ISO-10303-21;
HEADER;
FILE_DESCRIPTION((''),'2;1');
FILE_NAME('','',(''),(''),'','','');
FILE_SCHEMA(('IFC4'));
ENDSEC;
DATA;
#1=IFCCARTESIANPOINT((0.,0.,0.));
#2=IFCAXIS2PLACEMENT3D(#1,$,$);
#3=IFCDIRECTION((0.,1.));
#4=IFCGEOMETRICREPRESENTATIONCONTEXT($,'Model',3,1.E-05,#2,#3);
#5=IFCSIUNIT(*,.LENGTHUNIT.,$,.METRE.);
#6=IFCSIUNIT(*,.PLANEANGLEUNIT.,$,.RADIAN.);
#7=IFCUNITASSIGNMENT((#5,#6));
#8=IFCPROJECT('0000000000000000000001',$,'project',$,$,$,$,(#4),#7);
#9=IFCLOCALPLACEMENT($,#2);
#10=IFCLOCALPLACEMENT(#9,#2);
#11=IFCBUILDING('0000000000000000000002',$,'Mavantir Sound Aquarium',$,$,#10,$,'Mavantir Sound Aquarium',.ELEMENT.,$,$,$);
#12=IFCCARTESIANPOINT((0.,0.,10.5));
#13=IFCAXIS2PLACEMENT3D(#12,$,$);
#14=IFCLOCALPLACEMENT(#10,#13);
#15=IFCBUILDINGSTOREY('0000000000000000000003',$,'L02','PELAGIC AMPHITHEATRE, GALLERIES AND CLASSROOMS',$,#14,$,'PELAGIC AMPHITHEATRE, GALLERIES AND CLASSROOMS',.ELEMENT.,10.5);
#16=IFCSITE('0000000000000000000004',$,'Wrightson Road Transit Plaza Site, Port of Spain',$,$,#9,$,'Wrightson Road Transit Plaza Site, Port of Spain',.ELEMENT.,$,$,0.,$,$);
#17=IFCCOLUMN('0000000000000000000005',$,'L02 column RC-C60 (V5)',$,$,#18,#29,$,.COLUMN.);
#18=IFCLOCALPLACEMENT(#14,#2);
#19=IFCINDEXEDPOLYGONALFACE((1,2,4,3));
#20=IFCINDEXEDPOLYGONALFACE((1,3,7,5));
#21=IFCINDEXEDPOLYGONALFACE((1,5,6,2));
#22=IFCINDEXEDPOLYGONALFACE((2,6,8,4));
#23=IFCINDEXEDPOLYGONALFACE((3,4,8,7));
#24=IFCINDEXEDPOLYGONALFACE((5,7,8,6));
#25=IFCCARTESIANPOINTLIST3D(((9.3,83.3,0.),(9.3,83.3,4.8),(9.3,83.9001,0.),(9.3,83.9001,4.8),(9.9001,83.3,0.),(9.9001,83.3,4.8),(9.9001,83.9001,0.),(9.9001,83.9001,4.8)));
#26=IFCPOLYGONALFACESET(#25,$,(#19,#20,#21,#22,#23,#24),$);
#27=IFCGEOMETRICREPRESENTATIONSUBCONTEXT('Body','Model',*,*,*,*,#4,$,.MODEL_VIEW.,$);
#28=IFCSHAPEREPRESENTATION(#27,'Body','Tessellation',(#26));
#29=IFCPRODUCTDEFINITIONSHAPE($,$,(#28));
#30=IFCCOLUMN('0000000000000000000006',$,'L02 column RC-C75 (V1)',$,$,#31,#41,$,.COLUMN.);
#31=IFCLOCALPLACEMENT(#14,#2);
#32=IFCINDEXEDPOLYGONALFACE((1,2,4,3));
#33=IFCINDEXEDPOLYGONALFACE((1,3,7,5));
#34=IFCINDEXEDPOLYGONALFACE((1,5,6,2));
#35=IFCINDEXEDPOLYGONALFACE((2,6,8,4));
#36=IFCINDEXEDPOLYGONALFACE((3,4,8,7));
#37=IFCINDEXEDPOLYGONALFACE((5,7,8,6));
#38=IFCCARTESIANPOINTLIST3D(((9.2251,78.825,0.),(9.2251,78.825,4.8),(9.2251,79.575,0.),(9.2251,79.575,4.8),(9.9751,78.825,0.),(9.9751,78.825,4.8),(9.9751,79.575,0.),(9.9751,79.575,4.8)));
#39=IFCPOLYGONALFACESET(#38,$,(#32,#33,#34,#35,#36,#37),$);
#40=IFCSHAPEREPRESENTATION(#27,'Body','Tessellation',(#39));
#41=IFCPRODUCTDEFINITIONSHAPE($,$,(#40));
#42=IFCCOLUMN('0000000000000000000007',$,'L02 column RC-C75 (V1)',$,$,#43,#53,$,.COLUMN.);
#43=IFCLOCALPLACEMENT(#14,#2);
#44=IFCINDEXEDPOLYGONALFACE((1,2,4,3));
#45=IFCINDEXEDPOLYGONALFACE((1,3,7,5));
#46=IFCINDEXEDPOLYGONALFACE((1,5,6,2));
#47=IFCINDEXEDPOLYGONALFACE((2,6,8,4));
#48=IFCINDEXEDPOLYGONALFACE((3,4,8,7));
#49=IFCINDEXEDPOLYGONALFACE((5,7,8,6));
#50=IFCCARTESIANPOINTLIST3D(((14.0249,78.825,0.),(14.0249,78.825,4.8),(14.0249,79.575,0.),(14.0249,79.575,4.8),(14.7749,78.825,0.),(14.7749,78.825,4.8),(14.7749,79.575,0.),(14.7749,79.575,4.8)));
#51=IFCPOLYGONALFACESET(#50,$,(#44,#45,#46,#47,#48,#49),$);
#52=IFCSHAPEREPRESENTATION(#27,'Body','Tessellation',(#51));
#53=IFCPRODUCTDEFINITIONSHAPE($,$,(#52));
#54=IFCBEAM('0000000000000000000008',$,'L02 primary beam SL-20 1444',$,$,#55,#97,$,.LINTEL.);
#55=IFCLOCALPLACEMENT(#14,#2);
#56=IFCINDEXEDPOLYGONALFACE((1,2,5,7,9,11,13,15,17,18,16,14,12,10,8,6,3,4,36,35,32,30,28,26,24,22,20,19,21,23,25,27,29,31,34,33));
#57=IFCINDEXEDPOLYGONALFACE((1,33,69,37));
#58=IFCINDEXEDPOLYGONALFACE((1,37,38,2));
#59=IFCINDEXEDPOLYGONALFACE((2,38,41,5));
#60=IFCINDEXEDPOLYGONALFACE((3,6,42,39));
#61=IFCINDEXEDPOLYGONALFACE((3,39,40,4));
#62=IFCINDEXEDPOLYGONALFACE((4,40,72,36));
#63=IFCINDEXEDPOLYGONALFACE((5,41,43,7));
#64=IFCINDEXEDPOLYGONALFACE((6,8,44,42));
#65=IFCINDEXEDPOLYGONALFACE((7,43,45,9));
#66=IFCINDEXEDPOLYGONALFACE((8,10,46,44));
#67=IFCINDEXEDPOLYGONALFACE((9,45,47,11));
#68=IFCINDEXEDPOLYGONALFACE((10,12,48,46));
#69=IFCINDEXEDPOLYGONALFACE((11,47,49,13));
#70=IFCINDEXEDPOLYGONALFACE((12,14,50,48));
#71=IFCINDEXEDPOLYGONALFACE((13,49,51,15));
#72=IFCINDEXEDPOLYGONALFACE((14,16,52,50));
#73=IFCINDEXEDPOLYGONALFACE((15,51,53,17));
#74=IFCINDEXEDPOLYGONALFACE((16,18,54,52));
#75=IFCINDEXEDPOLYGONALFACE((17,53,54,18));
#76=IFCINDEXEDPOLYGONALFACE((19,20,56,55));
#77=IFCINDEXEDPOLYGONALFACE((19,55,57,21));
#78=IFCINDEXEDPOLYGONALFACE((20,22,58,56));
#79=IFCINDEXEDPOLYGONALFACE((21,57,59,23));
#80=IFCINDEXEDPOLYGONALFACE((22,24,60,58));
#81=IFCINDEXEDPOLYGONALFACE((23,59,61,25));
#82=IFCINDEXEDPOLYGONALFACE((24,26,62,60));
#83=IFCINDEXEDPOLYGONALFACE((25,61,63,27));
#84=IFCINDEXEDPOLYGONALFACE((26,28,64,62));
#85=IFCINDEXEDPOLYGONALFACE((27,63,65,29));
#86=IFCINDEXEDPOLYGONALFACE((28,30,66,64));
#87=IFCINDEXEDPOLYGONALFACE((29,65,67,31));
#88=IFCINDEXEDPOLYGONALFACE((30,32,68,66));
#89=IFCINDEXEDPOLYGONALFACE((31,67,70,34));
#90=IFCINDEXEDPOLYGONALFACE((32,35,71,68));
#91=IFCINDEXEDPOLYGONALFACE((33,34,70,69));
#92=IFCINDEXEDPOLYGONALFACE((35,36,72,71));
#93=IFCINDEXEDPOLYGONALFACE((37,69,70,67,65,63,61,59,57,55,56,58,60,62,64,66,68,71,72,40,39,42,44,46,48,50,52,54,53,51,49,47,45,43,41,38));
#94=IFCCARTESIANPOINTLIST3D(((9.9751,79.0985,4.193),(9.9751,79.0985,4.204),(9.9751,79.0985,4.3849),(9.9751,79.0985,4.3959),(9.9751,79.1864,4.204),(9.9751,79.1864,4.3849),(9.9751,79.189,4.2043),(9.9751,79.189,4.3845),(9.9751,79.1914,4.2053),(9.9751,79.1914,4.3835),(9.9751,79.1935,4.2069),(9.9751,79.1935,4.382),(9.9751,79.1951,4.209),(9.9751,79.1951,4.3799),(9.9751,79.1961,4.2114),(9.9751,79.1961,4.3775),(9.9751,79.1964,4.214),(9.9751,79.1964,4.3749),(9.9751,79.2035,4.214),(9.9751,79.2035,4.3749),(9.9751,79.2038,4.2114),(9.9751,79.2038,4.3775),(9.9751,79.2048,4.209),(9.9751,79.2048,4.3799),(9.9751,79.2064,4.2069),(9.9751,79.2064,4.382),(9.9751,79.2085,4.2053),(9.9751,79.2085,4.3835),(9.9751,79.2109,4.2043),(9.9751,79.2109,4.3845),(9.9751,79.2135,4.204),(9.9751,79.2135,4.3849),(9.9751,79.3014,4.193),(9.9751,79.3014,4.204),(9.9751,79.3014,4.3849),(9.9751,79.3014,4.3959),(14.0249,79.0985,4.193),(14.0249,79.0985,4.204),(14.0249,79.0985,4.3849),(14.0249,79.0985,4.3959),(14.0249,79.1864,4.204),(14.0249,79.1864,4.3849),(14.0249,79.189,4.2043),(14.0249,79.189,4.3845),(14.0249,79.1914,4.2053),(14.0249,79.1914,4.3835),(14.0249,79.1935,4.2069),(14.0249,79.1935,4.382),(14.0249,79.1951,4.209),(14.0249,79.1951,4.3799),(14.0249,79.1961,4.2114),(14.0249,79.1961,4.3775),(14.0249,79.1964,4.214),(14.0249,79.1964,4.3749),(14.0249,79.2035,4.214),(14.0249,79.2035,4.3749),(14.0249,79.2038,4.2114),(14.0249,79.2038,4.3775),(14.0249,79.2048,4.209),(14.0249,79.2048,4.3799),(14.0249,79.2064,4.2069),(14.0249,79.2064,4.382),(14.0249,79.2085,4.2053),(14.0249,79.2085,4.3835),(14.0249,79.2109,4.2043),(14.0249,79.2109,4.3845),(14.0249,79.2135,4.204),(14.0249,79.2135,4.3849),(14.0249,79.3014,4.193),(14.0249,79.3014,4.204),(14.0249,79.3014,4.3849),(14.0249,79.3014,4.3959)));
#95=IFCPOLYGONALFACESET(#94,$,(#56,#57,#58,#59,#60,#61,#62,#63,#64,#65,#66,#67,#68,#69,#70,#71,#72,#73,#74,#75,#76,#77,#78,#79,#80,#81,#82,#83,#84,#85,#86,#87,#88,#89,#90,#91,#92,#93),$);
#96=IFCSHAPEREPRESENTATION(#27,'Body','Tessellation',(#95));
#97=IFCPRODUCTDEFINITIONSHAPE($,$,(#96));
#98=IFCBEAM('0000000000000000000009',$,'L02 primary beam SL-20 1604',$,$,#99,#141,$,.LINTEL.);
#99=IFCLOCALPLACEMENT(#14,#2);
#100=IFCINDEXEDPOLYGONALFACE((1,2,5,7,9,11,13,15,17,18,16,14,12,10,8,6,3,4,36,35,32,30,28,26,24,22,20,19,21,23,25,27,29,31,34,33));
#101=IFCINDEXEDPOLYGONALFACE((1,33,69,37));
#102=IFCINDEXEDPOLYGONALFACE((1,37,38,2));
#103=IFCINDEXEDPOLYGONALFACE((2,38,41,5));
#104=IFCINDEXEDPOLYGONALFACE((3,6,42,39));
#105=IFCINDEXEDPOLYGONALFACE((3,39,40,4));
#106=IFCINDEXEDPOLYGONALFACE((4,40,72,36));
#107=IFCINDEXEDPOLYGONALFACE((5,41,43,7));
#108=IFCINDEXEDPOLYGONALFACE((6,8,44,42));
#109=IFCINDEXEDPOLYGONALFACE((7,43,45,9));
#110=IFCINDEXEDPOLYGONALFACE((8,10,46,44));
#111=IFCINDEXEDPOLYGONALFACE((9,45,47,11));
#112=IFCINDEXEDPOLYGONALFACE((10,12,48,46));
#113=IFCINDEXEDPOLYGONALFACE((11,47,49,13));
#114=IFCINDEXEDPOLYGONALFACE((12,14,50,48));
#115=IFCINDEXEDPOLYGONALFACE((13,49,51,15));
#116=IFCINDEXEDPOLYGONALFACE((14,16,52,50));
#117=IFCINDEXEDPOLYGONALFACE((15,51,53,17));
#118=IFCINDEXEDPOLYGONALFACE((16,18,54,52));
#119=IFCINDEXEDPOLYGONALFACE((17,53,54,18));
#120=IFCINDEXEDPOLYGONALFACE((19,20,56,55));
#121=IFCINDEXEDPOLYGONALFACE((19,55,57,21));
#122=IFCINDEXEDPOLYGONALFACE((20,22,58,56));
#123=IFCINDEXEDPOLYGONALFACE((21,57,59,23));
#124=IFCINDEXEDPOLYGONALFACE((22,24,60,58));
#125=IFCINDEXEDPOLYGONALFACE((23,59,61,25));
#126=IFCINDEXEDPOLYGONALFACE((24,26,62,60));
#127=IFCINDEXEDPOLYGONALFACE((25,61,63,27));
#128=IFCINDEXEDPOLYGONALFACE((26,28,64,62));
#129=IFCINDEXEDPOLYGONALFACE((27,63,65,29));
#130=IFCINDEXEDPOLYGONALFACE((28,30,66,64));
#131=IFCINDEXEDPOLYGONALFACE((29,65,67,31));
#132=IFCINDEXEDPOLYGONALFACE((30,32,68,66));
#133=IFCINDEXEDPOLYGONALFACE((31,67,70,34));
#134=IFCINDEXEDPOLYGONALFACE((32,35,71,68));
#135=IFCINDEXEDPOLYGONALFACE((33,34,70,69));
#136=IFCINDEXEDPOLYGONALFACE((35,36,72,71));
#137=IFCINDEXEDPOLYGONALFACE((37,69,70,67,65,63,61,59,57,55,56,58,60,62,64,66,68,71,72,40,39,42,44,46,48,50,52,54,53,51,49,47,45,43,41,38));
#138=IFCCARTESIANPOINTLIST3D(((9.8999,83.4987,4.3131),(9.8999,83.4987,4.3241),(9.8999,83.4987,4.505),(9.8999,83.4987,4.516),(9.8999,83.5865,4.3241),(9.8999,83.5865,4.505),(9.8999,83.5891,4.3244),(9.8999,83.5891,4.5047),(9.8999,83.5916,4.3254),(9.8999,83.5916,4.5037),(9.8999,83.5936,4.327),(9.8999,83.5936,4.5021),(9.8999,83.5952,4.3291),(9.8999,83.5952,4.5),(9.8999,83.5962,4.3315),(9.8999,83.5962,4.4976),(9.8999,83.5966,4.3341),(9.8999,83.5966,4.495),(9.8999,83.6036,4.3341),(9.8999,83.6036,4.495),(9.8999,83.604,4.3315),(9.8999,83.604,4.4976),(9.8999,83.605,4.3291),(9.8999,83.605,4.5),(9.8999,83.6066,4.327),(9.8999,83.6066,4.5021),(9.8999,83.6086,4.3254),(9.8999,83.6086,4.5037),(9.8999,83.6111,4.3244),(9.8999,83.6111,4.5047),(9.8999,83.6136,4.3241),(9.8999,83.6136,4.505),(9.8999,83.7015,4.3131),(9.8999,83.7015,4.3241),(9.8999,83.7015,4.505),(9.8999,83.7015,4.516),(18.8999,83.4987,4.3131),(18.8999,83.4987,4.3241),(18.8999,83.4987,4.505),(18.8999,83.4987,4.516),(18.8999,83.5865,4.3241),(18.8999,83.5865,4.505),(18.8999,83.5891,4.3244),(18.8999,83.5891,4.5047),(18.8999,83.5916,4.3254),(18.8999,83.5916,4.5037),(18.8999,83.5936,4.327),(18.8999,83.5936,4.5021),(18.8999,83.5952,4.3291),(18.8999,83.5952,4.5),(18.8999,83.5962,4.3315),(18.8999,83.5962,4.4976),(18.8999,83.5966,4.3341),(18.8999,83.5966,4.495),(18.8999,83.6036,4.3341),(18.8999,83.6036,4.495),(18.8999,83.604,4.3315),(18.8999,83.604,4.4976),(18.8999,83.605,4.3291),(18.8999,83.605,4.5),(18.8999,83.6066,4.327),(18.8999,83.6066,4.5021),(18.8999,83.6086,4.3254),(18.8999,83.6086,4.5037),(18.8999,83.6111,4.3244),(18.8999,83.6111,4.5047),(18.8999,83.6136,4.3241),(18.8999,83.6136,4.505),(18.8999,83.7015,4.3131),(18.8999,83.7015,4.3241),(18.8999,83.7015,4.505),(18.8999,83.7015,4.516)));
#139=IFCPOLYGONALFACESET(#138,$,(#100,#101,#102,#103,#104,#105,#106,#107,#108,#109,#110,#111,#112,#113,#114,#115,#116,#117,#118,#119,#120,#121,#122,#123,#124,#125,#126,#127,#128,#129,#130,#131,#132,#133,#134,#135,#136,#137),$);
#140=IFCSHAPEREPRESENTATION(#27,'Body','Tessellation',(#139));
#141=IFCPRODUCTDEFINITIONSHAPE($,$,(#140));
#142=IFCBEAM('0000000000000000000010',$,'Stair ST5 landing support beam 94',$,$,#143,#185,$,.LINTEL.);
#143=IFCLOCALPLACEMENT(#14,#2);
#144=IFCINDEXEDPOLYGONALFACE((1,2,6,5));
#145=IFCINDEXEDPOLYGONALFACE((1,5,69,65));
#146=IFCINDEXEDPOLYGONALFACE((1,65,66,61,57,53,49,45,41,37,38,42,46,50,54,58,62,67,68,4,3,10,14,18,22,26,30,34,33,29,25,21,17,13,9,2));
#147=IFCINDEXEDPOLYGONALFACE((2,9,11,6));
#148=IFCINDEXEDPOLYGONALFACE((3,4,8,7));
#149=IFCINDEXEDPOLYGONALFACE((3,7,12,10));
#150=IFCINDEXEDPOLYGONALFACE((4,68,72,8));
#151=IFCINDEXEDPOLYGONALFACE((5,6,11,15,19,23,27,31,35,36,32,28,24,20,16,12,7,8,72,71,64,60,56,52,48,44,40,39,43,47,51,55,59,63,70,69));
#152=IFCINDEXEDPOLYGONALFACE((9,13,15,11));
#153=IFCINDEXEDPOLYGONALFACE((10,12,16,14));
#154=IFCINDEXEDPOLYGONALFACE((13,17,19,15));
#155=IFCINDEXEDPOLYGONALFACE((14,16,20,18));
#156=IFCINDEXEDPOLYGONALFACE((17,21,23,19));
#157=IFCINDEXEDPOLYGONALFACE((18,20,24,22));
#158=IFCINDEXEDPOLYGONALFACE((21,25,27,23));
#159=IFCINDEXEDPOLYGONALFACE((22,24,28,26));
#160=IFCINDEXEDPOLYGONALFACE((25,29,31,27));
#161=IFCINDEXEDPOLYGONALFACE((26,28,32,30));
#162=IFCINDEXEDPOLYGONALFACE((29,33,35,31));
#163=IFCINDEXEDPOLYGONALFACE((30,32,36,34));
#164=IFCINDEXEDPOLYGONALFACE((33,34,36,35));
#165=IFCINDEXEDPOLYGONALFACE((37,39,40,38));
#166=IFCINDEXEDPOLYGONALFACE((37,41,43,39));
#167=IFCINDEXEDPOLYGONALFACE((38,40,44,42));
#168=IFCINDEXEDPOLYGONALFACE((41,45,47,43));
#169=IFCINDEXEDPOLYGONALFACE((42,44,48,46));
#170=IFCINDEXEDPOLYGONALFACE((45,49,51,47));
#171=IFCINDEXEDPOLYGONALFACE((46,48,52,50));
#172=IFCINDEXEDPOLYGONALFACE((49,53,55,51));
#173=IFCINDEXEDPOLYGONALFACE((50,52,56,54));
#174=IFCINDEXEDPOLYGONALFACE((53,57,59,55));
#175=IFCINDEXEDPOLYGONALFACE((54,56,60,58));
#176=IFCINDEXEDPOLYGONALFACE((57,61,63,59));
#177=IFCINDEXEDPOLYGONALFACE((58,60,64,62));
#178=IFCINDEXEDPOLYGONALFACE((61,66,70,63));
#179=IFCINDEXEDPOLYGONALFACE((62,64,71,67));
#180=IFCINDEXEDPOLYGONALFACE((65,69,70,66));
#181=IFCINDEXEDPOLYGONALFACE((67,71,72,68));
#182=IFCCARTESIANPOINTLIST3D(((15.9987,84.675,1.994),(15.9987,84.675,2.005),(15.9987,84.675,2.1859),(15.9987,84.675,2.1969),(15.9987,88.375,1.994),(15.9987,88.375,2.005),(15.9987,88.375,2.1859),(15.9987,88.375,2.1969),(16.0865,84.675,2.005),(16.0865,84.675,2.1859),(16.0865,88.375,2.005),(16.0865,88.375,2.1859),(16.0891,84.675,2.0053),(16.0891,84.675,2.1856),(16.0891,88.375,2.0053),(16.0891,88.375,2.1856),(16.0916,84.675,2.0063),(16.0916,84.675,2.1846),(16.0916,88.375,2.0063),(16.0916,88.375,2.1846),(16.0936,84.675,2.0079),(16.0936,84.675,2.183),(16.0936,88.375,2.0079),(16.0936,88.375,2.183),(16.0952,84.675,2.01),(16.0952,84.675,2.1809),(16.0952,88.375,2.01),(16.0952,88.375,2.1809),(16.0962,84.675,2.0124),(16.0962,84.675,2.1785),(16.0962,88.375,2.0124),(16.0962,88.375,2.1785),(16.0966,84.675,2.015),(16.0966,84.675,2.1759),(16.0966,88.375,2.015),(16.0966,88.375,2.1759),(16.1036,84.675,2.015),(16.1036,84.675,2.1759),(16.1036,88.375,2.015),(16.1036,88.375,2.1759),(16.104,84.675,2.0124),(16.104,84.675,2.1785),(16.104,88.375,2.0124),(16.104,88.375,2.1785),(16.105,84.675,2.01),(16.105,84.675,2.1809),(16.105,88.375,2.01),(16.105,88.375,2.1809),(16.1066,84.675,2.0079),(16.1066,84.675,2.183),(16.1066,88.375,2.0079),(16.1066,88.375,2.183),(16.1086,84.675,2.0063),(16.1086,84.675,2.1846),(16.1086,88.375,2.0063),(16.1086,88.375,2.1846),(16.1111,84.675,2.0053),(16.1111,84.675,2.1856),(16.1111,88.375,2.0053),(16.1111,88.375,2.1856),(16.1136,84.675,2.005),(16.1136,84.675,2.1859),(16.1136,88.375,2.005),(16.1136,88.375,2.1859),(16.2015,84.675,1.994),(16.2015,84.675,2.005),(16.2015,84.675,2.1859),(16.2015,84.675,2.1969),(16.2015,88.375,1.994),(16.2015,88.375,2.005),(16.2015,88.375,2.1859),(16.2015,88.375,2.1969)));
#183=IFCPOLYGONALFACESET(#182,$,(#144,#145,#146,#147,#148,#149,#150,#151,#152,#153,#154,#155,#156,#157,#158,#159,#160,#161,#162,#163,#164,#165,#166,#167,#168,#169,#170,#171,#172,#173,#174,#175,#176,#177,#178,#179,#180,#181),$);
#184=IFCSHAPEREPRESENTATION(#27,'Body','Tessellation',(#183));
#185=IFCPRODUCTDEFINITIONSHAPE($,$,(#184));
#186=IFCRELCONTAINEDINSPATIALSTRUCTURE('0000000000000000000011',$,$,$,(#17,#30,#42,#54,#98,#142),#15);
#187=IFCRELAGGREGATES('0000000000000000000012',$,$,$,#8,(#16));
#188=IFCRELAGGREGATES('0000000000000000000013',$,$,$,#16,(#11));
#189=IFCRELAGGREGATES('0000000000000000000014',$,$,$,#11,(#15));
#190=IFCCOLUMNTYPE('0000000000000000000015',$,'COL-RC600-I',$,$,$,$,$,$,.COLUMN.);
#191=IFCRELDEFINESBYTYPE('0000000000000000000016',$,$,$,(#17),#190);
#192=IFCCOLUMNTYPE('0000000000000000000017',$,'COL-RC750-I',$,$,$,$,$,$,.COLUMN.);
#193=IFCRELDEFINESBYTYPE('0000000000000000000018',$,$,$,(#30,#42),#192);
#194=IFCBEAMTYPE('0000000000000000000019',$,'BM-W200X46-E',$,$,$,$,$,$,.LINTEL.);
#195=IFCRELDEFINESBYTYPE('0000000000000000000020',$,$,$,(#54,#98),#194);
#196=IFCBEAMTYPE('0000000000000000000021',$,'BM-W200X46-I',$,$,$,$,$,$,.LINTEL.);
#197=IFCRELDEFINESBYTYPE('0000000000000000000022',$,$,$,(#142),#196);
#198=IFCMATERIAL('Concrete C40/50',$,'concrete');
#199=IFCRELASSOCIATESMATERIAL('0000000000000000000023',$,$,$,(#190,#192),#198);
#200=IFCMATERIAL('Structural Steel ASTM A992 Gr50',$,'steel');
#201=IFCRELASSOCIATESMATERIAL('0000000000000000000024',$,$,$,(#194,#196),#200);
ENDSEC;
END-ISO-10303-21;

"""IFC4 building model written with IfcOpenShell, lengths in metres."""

from ifc_helpers import new_model, si_unit, direction, frame, origin, origin_2d, place, context, subcontext, project, spatial, rectangle, i_section, extrude, material, material_profile, profile_set, type_object, element, save


model = new_model("IFC4")

# Units and contexts
model_context = context("Model", 3, precision=1e-05, world=origin(), true_north=direction((0.0, 1.0)))
body_context = subcontext(model_context, "Body", "Model", "MODEL_VIEW")
ifc_project = project(units=[si_unit("LENGTHUNIT", "METRE"), si_unit("PLANEANGLEUNIT", "RADIAN")], contexts=[model_context])

# Site, building, storey
site_placement = place(None, origin())
site = spatial("IfcSite", under=ifc_project, at=site_placement, Name="Wrightson Road Transit Plaza Site, Port of Spain", LongName="Wrightson Road Transit Plaza Site, Port of Spain", CompositionType="ELEMENT", RefElevation=0.0)
building_placement = place(site_placement, origin())
building = spatial("IfcBuilding", under=site, at=building_placement, Name="Mavantir Sound Aquarium", LongName="Mavantir Sound Aquarium", CompositionType="ELEMENT")
storey_placement = place(building_placement, frame((0.0, 0.0, 10.5)))
storey = spatial("IfcBuildingStorey", under=building, at=storey_placement, Name="L02", Description="PELAGIC AMPHITHEATRE, GALLERIES AND CLASSROOMS", LongName="PELAGIC AMPHITHEATRE, GALLERIES AND CLASSROOMS", CompositionType="ELEMENT", Elevation=10.5)

# Columns
ifc_material_1 = material(Name="Concrete C40/50", Category="concrete")
ifc_material_profile_1 = material_profile(ifc_material_1, rectangle(XDim=0.6001, YDim=0.6001, at=origin_2d()), Name="RC 600X600")
ifc_profile_set_1 = profile_set([ifc_material_profile_1], Name="Concrete C40/50")
column_type_1 = type_object("IfcColumnType", Name="COL-RC600-I", PredefinedType="COLUMN", material=ifc_profile_set_1)
column_placement = place(storey_placement, frame((9.6001, 83.6001, 0.0), z_axis=(0.0, 0.0, 1.0), x_axis=(1.0, 0.0, 0.0)))
element("IfcColumn", 1, at=column_placement, inside=storey, type_object=column_type_1, Name="L02 column RC-C60 (V5)", PredefinedType="COLUMN", context=body_context, shape_type="SweptSolid", body=[
    extrude(rectangle(XDim=0.6001, YDim=0.6001, at=origin_2d()), origin(), (0.0, 0.0, 1.0), 4.8),
])
ifc_material_profile_2 = material_profile(ifc_material_1, rectangle(XDim=0.75, YDim=0.75, at=origin_2d()), Name="RC 750X750")
ifc_profile_set_2 = profile_set([ifc_material_profile_2], Name="Concrete C40/50")
column_type_2 = type_object("IfcColumnType", Name="COL-RC750-I", PredefinedType="COLUMN", material=ifc_profile_set_2)
for number, where, z_axis, x_axis, name in (
    (2, (9.6001, 79.2, 0.0), (0.0, 0.0, 1.0), (1.0, 0.0, 0.0), "L02 column RC-C75 (V1)"),
    (3, (14.3999, 79.2, 0.0), (0.0, 0.0, 1.0), (1.0, 0.0, 0.0), "L02 column RC-C75 (V1)"),
):
    element("IfcColumn", number, at=place(storey_placement, frame(where, z_axis=z_axis, x_axis=x_axis)), inside=storey, type_object=column_type_2, Name=name, PredefinedType="COLUMN", context=body_context, shape_type="SweptSolid", body=[
        extrude(rectangle(XDim=0.75, YDim=0.75, at=origin_2d()), origin(), (0.0, 0.0, 1.0), 4.8),
    ])

# Beams
ifc_material_2 = material(Name="Structural Steel ASTM A992 Gr50", Category="steel")
ifc_material_profile_3 = material_profile(ifc_material_2, i_section(OverallWidth=0.2029, OverallDepth=0.2029, WebThickness=0.0071, FlangeThickness=0.011, FilletRadius=0.01, at=origin_2d()), Name="W200X46")
ifc_profile_set_3 = profile_set([ifc_material_profile_3], Name="Structural Steel ASTM A992 Gr50")
beam_type_1 = type_object("IfcBeamType", Name="BM-W200X46-E", PredefinedType="LINTEL", material=ifc_profile_set_3)
beam_1_placement = place(storey_placement, frame((9.9751, 79.2, 4.2944), z_axis=(1.0, 0.0, 0.0), x_axis=(0.0, 1.0, 0.0)))
element("IfcBeam", 4, at=beam_1_placement, inside=storey, type_object=beam_type_1, Name="L02 primary beam SL-20 1444", PredefinedType="LINTEL", context=body_context, shape_type="SweptSolid", body=[
    extrude(i_section(OverallWidth=0.2029, OverallDepth=0.2029, WebThickness=0.0071, FlangeThickness=0.011, FilletRadius=0.01, at=origin_2d()), origin(), (0.0, 0.0, 1.0), 4.0498),
])
beam_2_placement = place(storey_placement, frame((9.8999, 83.6001, 4.4146), z_axis=(1.0, 0.0, 0.0), x_axis=(0.0, 1.0, 0.0)))
element("IfcBeam", 5, at=beam_2_placement, inside=storey, type_object=beam_type_1, Name="L02 primary beam SL-20 1604", PredefinedType="LINTEL", context=body_context, shape_type="SweptSolid", body=[
    extrude(i_section(OverallWidth=0.2029, OverallDepth=0.2029, WebThickness=0.0071, FlangeThickness=0.011, FilletRadius=0.01, at=origin_2d()), origin(), (0.0, 0.0, 1.0), 9.0),
])
ifc_material_profile_4 = material_profile(ifc_material_2, i_section(OverallWidth=0.2029, OverallDepth=0.2029, WebThickness=0.0071, FlangeThickness=0.011, FilletRadius=0.01, at=origin_2d()), Name="W200X46")
ifc_profile_set_4 = profile_set([ifc_material_profile_4], Name="Structural Steel ASTM A992 Gr50")
beam_type_2 = type_object("IfcBeamType", Name="BM-W200X46-I", PredefinedType="LINTEL", material=ifc_profile_set_4)
for number, where, z_axis, x_axis, name in (
    (6, (16.1001, 84.675, 2.0955), (0.0, 1.0, 0.0), (-1.0, 0.0, 0.0), "Stair ST5 landing support beam 94"),
):
    element("IfcBeam", number, at=place(storey_placement, frame(where, z_axis=z_axis, x_axis=x_axis)), inside=storey, type_object=beam_type_2, Name=name, PredefinedType="LINTEL", context=body_context, shape_type="SweptSolid", body=[
        extrude(i_section(OverallWidth=0.2029, OverallDepth=0.2029, WebThickness=0.0071, FlangeThickness=0.011, FilletRadius=0.01, at=origin_2d()), origin(), (0.0, 0.0, 1.0), 3.7),
    ])

save(model, "model.ifc")
